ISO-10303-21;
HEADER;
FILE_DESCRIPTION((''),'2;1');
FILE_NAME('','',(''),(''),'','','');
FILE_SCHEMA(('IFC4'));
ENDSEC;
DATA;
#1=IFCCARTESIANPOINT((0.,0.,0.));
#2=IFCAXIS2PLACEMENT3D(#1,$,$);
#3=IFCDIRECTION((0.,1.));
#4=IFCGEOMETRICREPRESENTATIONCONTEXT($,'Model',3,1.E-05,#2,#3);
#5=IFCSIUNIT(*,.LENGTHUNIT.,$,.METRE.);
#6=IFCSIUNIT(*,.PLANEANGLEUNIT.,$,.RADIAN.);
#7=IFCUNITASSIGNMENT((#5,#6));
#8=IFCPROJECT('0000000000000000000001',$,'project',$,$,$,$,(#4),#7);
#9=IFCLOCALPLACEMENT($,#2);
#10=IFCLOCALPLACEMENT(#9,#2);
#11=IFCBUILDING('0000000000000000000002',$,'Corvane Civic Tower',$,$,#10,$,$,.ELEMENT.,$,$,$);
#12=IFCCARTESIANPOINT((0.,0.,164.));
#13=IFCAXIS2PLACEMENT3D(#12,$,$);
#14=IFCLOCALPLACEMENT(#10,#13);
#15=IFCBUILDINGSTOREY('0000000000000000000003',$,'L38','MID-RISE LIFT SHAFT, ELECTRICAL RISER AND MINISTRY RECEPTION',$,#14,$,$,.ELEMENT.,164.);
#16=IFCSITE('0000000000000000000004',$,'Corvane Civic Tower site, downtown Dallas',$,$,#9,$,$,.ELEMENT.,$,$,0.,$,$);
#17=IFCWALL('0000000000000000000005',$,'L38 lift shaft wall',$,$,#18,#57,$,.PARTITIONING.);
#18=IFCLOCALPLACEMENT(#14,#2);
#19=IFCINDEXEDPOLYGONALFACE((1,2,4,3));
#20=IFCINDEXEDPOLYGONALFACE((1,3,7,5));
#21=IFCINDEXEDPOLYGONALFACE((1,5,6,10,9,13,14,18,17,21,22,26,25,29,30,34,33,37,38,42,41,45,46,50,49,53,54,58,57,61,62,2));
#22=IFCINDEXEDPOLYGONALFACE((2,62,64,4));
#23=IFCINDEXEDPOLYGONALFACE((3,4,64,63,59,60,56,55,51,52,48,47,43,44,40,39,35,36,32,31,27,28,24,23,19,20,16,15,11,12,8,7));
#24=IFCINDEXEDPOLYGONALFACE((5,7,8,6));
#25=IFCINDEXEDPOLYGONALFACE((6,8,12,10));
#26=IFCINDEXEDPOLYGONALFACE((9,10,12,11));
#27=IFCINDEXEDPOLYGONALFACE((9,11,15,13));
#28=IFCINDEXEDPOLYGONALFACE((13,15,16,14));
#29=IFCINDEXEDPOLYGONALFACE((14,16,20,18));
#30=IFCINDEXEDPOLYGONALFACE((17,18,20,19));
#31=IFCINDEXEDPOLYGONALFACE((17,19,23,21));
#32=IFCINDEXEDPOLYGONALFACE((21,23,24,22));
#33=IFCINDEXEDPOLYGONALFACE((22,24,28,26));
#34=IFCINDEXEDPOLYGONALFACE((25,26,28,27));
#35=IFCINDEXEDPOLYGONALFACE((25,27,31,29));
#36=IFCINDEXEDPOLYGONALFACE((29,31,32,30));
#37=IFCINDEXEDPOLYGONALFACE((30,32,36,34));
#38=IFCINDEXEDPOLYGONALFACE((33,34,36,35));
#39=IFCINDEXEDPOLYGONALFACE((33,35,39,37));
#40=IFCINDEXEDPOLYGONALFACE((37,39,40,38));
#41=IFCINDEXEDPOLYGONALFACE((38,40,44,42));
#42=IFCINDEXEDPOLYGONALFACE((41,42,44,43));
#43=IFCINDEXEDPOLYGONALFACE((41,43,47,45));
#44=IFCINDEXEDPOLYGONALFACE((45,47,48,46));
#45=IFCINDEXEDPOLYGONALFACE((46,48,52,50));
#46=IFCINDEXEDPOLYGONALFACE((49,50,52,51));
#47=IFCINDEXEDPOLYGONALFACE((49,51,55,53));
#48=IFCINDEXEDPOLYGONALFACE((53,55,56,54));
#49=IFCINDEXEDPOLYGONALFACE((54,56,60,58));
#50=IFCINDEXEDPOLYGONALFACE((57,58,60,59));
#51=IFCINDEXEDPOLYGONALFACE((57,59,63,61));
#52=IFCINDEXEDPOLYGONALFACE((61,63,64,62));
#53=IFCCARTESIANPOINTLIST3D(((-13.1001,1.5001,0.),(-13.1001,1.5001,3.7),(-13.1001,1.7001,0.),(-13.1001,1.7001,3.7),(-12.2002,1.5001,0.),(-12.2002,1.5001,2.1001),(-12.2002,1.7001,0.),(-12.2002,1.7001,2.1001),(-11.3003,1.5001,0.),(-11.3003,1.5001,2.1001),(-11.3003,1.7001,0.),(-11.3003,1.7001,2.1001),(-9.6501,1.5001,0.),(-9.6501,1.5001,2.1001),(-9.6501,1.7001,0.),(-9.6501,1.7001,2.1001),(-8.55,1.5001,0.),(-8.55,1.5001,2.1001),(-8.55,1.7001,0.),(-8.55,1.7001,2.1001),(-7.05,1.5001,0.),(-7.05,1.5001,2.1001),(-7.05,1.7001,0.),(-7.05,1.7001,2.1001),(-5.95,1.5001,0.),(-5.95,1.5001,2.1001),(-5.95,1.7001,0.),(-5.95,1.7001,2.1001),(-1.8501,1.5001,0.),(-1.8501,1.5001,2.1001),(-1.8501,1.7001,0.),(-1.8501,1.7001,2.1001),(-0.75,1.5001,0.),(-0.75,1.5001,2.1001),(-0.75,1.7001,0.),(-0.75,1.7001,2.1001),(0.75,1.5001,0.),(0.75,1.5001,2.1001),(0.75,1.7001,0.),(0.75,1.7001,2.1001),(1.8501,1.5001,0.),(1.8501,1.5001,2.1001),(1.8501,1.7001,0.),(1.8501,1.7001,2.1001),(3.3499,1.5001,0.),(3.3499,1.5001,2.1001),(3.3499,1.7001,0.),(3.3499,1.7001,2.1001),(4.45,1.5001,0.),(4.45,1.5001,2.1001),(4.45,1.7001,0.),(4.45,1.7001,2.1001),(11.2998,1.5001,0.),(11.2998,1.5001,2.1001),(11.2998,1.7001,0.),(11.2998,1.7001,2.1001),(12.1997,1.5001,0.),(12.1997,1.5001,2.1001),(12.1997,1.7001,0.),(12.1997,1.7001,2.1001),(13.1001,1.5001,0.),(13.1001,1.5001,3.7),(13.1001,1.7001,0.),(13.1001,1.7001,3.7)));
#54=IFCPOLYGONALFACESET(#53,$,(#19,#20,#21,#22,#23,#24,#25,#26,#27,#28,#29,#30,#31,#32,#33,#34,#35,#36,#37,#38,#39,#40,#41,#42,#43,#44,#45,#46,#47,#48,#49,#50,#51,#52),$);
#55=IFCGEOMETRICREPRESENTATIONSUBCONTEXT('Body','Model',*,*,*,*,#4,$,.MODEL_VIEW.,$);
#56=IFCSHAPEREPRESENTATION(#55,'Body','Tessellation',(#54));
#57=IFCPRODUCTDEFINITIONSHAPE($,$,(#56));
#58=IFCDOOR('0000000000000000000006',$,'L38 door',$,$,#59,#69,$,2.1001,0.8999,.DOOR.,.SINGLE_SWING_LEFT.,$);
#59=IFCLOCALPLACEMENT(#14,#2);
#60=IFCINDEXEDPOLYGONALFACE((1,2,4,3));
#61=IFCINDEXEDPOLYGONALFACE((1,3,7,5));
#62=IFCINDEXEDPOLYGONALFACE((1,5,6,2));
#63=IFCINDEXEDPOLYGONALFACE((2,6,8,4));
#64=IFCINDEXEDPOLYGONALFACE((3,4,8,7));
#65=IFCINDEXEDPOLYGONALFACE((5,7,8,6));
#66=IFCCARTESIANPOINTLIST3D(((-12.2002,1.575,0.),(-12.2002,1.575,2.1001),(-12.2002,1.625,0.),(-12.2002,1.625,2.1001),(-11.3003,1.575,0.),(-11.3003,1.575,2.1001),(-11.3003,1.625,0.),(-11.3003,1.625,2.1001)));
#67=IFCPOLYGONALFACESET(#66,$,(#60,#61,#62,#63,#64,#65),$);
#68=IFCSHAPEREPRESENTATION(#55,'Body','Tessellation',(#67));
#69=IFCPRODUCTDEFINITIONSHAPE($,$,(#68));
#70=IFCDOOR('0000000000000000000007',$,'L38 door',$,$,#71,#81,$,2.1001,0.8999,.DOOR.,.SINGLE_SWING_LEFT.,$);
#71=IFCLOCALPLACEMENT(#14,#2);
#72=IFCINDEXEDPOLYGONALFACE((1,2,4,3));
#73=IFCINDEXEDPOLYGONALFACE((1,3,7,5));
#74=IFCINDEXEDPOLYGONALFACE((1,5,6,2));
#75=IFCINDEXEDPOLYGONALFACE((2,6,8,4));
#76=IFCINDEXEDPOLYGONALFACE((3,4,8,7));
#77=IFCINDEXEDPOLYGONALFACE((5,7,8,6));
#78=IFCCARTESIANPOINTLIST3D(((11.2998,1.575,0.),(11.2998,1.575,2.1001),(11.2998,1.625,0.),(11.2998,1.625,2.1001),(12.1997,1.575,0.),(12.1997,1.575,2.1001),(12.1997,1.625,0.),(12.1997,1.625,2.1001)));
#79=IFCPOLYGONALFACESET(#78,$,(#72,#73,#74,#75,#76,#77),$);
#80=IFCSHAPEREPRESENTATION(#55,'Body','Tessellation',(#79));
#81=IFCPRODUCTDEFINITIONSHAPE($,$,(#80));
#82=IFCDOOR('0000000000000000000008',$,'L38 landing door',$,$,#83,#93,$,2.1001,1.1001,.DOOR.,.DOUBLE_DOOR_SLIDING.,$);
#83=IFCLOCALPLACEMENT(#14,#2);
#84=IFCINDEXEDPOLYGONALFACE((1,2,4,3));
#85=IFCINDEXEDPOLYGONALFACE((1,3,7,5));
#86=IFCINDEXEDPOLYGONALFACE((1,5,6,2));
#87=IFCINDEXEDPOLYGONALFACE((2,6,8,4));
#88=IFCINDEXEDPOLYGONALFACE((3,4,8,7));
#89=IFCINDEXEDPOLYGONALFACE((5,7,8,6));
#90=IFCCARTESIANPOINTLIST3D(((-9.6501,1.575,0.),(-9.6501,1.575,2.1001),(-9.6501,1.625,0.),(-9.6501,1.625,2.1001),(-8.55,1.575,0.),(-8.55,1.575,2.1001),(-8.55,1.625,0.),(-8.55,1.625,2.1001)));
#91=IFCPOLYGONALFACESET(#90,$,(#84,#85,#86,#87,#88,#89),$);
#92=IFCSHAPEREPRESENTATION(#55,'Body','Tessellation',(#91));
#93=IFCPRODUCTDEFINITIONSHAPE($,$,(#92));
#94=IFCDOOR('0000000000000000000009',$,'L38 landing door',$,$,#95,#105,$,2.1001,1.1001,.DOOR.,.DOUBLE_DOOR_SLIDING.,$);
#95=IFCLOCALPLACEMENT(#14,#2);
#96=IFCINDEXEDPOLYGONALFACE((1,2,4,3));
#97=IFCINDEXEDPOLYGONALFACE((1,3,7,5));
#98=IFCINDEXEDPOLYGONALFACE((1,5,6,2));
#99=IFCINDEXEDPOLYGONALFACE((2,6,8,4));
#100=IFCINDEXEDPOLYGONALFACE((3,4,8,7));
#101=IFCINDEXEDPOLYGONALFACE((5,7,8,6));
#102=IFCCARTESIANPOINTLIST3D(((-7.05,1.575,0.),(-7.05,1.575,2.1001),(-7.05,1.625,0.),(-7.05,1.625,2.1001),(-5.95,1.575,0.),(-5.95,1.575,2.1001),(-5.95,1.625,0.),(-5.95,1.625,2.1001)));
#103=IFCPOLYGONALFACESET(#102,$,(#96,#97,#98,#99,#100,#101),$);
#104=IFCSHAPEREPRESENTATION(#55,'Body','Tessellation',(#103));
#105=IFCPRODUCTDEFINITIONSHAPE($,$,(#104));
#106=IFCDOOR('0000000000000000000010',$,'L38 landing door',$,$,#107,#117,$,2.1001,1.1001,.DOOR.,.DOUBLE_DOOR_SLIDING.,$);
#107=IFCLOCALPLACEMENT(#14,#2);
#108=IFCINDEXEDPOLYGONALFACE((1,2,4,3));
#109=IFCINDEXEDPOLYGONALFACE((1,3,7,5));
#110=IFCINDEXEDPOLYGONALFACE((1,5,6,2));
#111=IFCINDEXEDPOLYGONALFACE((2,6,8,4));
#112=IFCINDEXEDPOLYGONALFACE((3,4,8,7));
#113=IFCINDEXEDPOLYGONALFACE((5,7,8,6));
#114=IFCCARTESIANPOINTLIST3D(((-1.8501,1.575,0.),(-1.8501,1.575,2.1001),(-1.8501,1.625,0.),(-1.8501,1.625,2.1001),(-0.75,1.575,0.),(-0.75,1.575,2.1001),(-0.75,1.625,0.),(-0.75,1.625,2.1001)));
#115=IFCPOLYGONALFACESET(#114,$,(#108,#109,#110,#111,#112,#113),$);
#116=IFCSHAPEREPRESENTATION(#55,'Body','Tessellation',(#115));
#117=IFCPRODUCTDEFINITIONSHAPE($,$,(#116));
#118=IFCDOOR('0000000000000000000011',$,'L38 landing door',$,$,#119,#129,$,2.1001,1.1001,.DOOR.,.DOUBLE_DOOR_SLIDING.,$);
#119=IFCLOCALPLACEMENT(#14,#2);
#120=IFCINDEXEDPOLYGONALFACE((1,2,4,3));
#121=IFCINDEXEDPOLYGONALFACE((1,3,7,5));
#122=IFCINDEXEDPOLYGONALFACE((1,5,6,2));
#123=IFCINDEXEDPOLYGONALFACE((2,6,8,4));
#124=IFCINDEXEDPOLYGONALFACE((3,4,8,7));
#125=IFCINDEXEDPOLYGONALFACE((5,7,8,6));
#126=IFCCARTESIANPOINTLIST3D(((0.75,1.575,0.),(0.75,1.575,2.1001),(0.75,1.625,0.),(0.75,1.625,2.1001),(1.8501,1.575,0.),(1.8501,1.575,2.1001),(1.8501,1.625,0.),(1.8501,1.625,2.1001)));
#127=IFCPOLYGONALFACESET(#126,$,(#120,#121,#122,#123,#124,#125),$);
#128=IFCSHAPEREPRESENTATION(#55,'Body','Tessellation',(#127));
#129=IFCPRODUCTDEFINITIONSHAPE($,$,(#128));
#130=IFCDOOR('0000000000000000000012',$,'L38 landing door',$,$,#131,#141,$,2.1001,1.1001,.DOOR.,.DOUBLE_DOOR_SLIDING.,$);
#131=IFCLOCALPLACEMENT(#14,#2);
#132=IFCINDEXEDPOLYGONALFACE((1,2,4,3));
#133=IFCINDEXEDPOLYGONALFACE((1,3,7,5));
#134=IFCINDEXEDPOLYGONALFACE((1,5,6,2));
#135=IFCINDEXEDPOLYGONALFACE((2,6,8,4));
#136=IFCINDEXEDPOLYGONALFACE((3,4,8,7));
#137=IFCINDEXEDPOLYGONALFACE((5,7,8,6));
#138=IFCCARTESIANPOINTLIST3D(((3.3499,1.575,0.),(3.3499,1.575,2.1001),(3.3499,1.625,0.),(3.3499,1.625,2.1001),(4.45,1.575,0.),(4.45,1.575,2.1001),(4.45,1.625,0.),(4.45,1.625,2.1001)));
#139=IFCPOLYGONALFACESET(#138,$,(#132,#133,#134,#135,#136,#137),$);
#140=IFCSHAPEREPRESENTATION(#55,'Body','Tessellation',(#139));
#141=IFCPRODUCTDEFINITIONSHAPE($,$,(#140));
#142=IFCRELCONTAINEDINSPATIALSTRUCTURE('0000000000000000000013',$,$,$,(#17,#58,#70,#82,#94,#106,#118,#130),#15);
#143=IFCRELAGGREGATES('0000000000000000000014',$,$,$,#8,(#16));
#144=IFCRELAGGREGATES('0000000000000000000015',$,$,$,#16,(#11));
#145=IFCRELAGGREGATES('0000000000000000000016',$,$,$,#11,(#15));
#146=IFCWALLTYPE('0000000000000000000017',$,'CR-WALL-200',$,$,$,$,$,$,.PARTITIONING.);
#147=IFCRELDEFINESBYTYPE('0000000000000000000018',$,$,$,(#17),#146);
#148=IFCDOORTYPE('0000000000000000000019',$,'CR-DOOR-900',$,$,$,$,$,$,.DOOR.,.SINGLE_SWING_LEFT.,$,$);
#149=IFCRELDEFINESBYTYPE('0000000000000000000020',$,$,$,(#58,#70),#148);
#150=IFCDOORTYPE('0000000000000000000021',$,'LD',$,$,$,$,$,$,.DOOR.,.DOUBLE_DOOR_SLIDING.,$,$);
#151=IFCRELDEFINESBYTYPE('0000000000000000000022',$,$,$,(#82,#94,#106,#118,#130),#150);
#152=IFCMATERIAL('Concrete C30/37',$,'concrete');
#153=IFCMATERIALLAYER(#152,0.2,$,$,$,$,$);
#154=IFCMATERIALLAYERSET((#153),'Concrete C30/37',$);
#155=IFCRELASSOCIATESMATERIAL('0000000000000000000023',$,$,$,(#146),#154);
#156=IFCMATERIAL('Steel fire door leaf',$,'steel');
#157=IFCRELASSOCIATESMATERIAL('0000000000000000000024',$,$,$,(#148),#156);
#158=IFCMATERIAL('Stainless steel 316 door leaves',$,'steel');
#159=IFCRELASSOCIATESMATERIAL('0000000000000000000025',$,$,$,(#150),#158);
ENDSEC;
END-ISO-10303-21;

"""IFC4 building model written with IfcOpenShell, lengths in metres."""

from ifc_helpers import new_model, si_unit, direction, frame, frame_2d, origin, place, context, subcontext, project, spatial, rectangle, extrude, material, layer, layer_set, type_object, element, fill, save


model = new_model("IFC4")

# Units and contexts
model_context = context("Model", 3, precision=1e-05, world=origin(), true_north=direction((0.0, 1.0)))
body_context = subcontext(model_context, "Body", "Model", "MODEL_VIEW")
ifc_project = project(units=[si_unit("LENGTHUNIT", "METRE"), si_unit("PLANEANGLEUNIT", "RADIAN")], contexts=[model_context])

# Site, building, storey
site_placement = place(None, origin())
site = spatial("IfcSite", under=ifc_project, at=site_placement, Name="Corvane Civic Tower site, downtown Dallas", CompositionType="ELEMENT", RefElevation=0.0)
building_placement = place(site_placement, origin())
building = spatial("IfcBuilding", under=site, at=building_placement, Name="Corvane Civic Tower", CompositionType="ELEMENT")
storey_placement = place(building_placement, frame((0.0, 0.0, 164.0)))
storey = spatial("IfcBuildingStorey", under=building, at=storey_placement, Name="L38", Description="MID-RISE LIFT SHAFT, ELECTRICAL RISER AND MINISTRY RECEPTION", CompositionType="ELEMENT", Elevation=164.0)

# Wall, openings, doors
ifc_material_1 = material(Name="Concrete C30/37", Category="concrete")
ifc_layer_1 = layer(ifc_material_1, 0.2)
ifc_layer_set_1 = layer_set([ifc_layer_1], Name="Concrete C30/37")
wall_type_1 = type_object("IfcWallType", Name="CR-WALL-200", PredefinedType="PARTITIONING", material=ifc_layer_set_1)
wall_1_placement = place(storey_placement, frame((-13.1001, 1.6001, 0.0), z_axis=(0.0, 0.0, 1.0), x_axis=(1.0, 0.0, 0.0)))
wall_1 = element("IfcWall", 1, at=wall_1_placement, inside=storey, type_object=wall_type_1, Name="L38 lift shaft wall", PredefinedType="PARTITIONING", context=body_context, shape_type="SweptSolid", body=[
    extrude(rectangle(XDim=26.2002, YDim=0.2, at=frame_2d((13.1001, 0.0))), origin(), (0.0, 0.0, 1.0), 3.7),
])
opening_1_placement = place(wall_1_placement, frame((3.45, 0.0, 0.0)))
opening_1 = element("IfcOpeningElement", 2, at=opening_1_placement, cuts=wall_1, PredefinedType="OPENING", context=body_context, shape_type="SweptSolid", body=[
    extrude(rectangle(XDim=1.1001, YDim=2.1001, at=frame_2d((0.55, 1.05))), frame((0.0, 0.1099, 0.0), z_axis=(0.0, -1.0, 0.0), x_axis=(1.0, 0.0, 0.0)), (0.0, 0.0, 1.0), 0.22),
])
opening_2_placement = place(wall_1_placement, frame((6.05, 0.0, 0.0)))
opening_2 = element("IfcOpeningElement", 3, at=opening_2_placement, cuts=wall_1, PredefinedType="OPENING", context=body_context, shape_type="SweptSolid", body=[
    extrude(rectangle(XDim=1.1001, YDim=2.1001, at=frame_2d((0.55, 1.05))), frame((0.0, 0.1099, 0.0), z_axis=(0.0, -1.0, 0.0), x_axis=(1.0, 0.0, 0.0)), (0.0, 0.0, 1.0), 0.22),
])
opening_3_placement = place(wall_1_placement, frame((11.25, 0.0, 0.0)))
opening_3 = element("IfcOpeningElement", 4, at=opening_3_placement, cuts=wall_1, PredefinedType="OPENING", context=body_context, shape_type="SweptSolid", body=[
    extrude(rectangle(XDim=1.1001, YDim=2.1001, at=frame_2d((0.55, 1.05))), frame((0.0, 0.1099, 0.0), z_axis=(0.0, -1.0, 0.0), x_axis=(1.0, 0.0, 0.0)), (0.0, 0.0, 1.0), 0.22),
])
opening_4_placement = place(wall_1_placement, frame((13.8501, 0.0, 0.0)))
opening_4 = element("IfcOpeningElement", 5, at=opening_4_placement, cuts=wall_1, PredefinedType="OPENING", context=body_context, shape_type="SweptSolid", body=[
    extrude(rectangle(XDim=1.1001, YDim=2.1001, at=frame_2d((0.55, 1.05))), frame((0.0, 0.1099, 0.0), z_axis=(0.0, -1.0, 0.0), x_axis=(1.0, 0.0, 0.0)), (0.0, 0.0, 1.0), 0.22),
])
opening_5_placement = place(wall_1_placement, frame((16.45, 0.0, 0.0)))
opening_5 = element("IfcOpeningElement", 6, at=opening_5_placement, cuts=wall_1, PredefinedType="OPENING", context=body_context, shape_type="SweptSolid", body=[
    extrude(rectangle(XDim=1.1001, YDim=2.1001, at=frame_2d((0.55, 1.05))), frame((0.0, 0.1099, 0.0), z_axis=(0.0, -1.0, 0.0), x_axis=(1.0, 0.0, 0.0)), (0.0, 0.0, 1.0), 0.22),
])
opening_6_placement = place(wall_1_placement, frame((0.8999, 0.0, 0.0)))
opening_6 = element("IfcOpeningElement", 7, at=opening_6_placement, cuts=wall_1, PredefinedType="OPENING", context=body_context, shape_type="SweptSolid", body=[
    extrude(rectangle(XDim=0.8999, YDim=2.1001, at=frame_2d((0.45, 1.05))), frame((0.0, 0.1099, 0.0), z_axis=(0.0, -1.0, 0.0), x_axis=(1.0, 0.0, 0.0)), (0.0, 0.0, 1.0), 0.22),
])
opening_7_placement = place(wall_1_placement, frame((24.3999, 0.0, 0.0)))
opening_7 = element("IfcOpeningElement", 8, at=opening_7_placement, cuts=wall_1, PredefinedType="OPENING", context=body_context, shape_type="SweptSolid", body=[
    extrude(rectangle(XDim=0.8999, YDim=2.1001, at=frame_2d((0.45, 1.05))), frame((0.0, 0.1099, 0.0), z_axis=(0.0, -1.0, 0.0), x_axis=(1.0, 0.0, 0.0)), (0.0, 0.0, 1.0), 0.22),
])
ifc_material_2 = material(Name="Steel fire door leaf", Category="steel")
door_type_1 = type_object("IfcDoorType", Name="CR-DOOR-900", OperationType="SINGLE_SWING_LEFT", PredefinedType="DOOR", material=ifc_material_2)
door_1_placement = place(opening_6_placement, origin())
door_1 = element("IfcDoor", 9, at=door_1_placement, inside=storey, type_object=door_type_1, Name="L38 door", OperationType="SINGLE_SWING_LEFT", OverallHeight=2.1001, OverallWidth=0.8999, PredefinedType="DOOR", context=body_context, shape_type="SweptSolid", body=[
    extrude(rectangle(XDim=0.8999, YDim=2.1001, at=frame_2d((0.45, 1.05))), frame((0.0, 0.0249, 0.0), z_axis=(0.0, -1.0, 0.0), x_axis=(1.0, 0.0, 0.0)), (0.0, 0.0, 1.0), 0.05),
])
fill(opening_6, door_1)
door_2_placement = place(opening_7_placement, origin())
door_2 = element("IfcDoor", 10, at=door_2_placement, inside=storey, type_object=door_type_1, Name="L38 door", OperationType="SINGLE_SWING_LEFT", OverallHeight=2.1001, OverallWidth=0.8999, PredefinedType="DOOR", context=body_context, shape_type="SweptSolid", body=[
    extrude(rectangle(XDim=0.8999, YDim=2.1001, at=frame_2d((0.45, 1.05))), frame((0.0, 0.0249, 0.0), z_axis=(0.0, -1.0, 0.0), x_axis=(1.0, 0.0, 0.0)), (0.0, 0.0, 1.0), 0.05),
])
fill(opening_7, door_2)
ifc_material_3 = material(Name="Stainless steel 316 door leaves", Category="steel")
door_type_2 = type_object("IfcDoorType", Name="LD", OperationType="DOUBLE_DOOR_SLIDING", PredefinedType="DOOR", material=ifc_material_3)
door_3_placement = place(opening_1_placement, origin())
door_3 = element("IfcDoor", 11, at=door_3_placement, inside=storey, type_object=door_type_2, Name="L38 landing door", OperationType="DOUBLE_DOOR_SLIDING", OverallHeight=2.1001, OverallWidth=1.1001, PredefinedType="DOOR", context=body_context, shape_type="SweptSolid", body=[
    extrude(rectangle(XDim=1.1001, YDim=2.1001, at=frame_2d((0.55, 1.05))), frame((0.0, 0.0249, 0.0), z_axis=(0.0, -1.0, 0.0), x_axis=(1.0, 0.0, 0.0)), (0.0, 0.0, 1.0), 0.05),
])
fill(opening_1, door_3)
door_4_placement = place(opening_2_placement, origin())
door_4 = element("IfcDoor", 12, at=door_4_placement, inside=storey, type_object=door_type_2, Name="L38 landing door", OperationType="DOUBLE_DOOR_SLIDING", OverallHeight=2.1001, OverallWidth=1.1001, PredefinedType="DOOR", context=body_context, shape_type="SweptSolid", body=[
    extrude(rectangle(XDim=1.1001, YDim=2.1001, at=frame_2d((0.55, 1.05))), frame((0.0, 0.0249, 0.0), z_axis=(0.0, -1.0, 0.0), x_axis=(1.0, 0.0, 0.0)), (0.0, 0.0, 1.0), 0.05),
])
fill(opening_2, door_4)
door_5_placement = place(opening_3_placement, origin())
door_5 = element("IfcDoor", 13, at=door_5_placement, inside=storey, type_object=door_type_2, Name="L38 landing door", OperationType="DOUBLE_DOOR_SLIDING", OverallHeight=2.1001, OverallWidth=1.1001, PredefinedType="DOOR", context=body_context, shape_type="SweptSolid", body=[
    extrude(rectangle(XDim=1.1001, YDim=2.1001, at=frame_2d((0.55, 1.05))), frame((0.0, 0.0249, 0.0), z_axis=(0.0, -1.0, 0.0), x_axis=(1.0, 0.0, 0.0)), (0.0, 0.0, 1.0), 0.05),
])
fill(opening_3, door_5)
door_6_placement = place(opening_4_placement, origin())
door_6 = element("IfcDoor", 14, at=door_6_placement, inside=storey, type_object=door_type_2, Name="L38 landing door", OperationType="DOUBLE_DOOR_SLIDING", OverallHeight=2.1001, OverallWidth=1.1001, PredefinedType="DOOR", context=body_context, shape_type="SweptSolid", body=[
    extrude(rectangle(XDim=1.1001, YDim=2.1001, at=frame_2d((0.55, 1.05))), frame((0.0, 0.0249, 0.0), z_axis=(0.0, -1.0, 0.0), x_axis=(1.0, 0.0, 0.0)), (0.0, 0.0, 1.0), 0.05),
])
fill(opening_4, door_6)
door_7_placement = place(opening_5_placement, origin())
door_7 = element("IfcDoor", 15, at=door_7_placement, inside=storey, type_object=door_type_2, Name="L38 landing door", OperationType="DOUBLE_DOOR_SLIDING", OverallHeight=2.1001, OverallWidth=1.1001, PredefinedType="DOOR", context=body_context, shape_type="SweptSolid", body=[
    extrude(rectangle(XDim=1.1001, YDim=2.1001, at=frame_2d((0.55, 1.05))), frame((0.0, 0.0249, 0.0), z_axis=(0.0, -1.0, 0.0), x_axis=(1.0, 0.0, 0.0)), (0.0, 0.0, 1.0), 0.05),
])
fill(opening_5, door_7)

save(model, "model.ifc")
